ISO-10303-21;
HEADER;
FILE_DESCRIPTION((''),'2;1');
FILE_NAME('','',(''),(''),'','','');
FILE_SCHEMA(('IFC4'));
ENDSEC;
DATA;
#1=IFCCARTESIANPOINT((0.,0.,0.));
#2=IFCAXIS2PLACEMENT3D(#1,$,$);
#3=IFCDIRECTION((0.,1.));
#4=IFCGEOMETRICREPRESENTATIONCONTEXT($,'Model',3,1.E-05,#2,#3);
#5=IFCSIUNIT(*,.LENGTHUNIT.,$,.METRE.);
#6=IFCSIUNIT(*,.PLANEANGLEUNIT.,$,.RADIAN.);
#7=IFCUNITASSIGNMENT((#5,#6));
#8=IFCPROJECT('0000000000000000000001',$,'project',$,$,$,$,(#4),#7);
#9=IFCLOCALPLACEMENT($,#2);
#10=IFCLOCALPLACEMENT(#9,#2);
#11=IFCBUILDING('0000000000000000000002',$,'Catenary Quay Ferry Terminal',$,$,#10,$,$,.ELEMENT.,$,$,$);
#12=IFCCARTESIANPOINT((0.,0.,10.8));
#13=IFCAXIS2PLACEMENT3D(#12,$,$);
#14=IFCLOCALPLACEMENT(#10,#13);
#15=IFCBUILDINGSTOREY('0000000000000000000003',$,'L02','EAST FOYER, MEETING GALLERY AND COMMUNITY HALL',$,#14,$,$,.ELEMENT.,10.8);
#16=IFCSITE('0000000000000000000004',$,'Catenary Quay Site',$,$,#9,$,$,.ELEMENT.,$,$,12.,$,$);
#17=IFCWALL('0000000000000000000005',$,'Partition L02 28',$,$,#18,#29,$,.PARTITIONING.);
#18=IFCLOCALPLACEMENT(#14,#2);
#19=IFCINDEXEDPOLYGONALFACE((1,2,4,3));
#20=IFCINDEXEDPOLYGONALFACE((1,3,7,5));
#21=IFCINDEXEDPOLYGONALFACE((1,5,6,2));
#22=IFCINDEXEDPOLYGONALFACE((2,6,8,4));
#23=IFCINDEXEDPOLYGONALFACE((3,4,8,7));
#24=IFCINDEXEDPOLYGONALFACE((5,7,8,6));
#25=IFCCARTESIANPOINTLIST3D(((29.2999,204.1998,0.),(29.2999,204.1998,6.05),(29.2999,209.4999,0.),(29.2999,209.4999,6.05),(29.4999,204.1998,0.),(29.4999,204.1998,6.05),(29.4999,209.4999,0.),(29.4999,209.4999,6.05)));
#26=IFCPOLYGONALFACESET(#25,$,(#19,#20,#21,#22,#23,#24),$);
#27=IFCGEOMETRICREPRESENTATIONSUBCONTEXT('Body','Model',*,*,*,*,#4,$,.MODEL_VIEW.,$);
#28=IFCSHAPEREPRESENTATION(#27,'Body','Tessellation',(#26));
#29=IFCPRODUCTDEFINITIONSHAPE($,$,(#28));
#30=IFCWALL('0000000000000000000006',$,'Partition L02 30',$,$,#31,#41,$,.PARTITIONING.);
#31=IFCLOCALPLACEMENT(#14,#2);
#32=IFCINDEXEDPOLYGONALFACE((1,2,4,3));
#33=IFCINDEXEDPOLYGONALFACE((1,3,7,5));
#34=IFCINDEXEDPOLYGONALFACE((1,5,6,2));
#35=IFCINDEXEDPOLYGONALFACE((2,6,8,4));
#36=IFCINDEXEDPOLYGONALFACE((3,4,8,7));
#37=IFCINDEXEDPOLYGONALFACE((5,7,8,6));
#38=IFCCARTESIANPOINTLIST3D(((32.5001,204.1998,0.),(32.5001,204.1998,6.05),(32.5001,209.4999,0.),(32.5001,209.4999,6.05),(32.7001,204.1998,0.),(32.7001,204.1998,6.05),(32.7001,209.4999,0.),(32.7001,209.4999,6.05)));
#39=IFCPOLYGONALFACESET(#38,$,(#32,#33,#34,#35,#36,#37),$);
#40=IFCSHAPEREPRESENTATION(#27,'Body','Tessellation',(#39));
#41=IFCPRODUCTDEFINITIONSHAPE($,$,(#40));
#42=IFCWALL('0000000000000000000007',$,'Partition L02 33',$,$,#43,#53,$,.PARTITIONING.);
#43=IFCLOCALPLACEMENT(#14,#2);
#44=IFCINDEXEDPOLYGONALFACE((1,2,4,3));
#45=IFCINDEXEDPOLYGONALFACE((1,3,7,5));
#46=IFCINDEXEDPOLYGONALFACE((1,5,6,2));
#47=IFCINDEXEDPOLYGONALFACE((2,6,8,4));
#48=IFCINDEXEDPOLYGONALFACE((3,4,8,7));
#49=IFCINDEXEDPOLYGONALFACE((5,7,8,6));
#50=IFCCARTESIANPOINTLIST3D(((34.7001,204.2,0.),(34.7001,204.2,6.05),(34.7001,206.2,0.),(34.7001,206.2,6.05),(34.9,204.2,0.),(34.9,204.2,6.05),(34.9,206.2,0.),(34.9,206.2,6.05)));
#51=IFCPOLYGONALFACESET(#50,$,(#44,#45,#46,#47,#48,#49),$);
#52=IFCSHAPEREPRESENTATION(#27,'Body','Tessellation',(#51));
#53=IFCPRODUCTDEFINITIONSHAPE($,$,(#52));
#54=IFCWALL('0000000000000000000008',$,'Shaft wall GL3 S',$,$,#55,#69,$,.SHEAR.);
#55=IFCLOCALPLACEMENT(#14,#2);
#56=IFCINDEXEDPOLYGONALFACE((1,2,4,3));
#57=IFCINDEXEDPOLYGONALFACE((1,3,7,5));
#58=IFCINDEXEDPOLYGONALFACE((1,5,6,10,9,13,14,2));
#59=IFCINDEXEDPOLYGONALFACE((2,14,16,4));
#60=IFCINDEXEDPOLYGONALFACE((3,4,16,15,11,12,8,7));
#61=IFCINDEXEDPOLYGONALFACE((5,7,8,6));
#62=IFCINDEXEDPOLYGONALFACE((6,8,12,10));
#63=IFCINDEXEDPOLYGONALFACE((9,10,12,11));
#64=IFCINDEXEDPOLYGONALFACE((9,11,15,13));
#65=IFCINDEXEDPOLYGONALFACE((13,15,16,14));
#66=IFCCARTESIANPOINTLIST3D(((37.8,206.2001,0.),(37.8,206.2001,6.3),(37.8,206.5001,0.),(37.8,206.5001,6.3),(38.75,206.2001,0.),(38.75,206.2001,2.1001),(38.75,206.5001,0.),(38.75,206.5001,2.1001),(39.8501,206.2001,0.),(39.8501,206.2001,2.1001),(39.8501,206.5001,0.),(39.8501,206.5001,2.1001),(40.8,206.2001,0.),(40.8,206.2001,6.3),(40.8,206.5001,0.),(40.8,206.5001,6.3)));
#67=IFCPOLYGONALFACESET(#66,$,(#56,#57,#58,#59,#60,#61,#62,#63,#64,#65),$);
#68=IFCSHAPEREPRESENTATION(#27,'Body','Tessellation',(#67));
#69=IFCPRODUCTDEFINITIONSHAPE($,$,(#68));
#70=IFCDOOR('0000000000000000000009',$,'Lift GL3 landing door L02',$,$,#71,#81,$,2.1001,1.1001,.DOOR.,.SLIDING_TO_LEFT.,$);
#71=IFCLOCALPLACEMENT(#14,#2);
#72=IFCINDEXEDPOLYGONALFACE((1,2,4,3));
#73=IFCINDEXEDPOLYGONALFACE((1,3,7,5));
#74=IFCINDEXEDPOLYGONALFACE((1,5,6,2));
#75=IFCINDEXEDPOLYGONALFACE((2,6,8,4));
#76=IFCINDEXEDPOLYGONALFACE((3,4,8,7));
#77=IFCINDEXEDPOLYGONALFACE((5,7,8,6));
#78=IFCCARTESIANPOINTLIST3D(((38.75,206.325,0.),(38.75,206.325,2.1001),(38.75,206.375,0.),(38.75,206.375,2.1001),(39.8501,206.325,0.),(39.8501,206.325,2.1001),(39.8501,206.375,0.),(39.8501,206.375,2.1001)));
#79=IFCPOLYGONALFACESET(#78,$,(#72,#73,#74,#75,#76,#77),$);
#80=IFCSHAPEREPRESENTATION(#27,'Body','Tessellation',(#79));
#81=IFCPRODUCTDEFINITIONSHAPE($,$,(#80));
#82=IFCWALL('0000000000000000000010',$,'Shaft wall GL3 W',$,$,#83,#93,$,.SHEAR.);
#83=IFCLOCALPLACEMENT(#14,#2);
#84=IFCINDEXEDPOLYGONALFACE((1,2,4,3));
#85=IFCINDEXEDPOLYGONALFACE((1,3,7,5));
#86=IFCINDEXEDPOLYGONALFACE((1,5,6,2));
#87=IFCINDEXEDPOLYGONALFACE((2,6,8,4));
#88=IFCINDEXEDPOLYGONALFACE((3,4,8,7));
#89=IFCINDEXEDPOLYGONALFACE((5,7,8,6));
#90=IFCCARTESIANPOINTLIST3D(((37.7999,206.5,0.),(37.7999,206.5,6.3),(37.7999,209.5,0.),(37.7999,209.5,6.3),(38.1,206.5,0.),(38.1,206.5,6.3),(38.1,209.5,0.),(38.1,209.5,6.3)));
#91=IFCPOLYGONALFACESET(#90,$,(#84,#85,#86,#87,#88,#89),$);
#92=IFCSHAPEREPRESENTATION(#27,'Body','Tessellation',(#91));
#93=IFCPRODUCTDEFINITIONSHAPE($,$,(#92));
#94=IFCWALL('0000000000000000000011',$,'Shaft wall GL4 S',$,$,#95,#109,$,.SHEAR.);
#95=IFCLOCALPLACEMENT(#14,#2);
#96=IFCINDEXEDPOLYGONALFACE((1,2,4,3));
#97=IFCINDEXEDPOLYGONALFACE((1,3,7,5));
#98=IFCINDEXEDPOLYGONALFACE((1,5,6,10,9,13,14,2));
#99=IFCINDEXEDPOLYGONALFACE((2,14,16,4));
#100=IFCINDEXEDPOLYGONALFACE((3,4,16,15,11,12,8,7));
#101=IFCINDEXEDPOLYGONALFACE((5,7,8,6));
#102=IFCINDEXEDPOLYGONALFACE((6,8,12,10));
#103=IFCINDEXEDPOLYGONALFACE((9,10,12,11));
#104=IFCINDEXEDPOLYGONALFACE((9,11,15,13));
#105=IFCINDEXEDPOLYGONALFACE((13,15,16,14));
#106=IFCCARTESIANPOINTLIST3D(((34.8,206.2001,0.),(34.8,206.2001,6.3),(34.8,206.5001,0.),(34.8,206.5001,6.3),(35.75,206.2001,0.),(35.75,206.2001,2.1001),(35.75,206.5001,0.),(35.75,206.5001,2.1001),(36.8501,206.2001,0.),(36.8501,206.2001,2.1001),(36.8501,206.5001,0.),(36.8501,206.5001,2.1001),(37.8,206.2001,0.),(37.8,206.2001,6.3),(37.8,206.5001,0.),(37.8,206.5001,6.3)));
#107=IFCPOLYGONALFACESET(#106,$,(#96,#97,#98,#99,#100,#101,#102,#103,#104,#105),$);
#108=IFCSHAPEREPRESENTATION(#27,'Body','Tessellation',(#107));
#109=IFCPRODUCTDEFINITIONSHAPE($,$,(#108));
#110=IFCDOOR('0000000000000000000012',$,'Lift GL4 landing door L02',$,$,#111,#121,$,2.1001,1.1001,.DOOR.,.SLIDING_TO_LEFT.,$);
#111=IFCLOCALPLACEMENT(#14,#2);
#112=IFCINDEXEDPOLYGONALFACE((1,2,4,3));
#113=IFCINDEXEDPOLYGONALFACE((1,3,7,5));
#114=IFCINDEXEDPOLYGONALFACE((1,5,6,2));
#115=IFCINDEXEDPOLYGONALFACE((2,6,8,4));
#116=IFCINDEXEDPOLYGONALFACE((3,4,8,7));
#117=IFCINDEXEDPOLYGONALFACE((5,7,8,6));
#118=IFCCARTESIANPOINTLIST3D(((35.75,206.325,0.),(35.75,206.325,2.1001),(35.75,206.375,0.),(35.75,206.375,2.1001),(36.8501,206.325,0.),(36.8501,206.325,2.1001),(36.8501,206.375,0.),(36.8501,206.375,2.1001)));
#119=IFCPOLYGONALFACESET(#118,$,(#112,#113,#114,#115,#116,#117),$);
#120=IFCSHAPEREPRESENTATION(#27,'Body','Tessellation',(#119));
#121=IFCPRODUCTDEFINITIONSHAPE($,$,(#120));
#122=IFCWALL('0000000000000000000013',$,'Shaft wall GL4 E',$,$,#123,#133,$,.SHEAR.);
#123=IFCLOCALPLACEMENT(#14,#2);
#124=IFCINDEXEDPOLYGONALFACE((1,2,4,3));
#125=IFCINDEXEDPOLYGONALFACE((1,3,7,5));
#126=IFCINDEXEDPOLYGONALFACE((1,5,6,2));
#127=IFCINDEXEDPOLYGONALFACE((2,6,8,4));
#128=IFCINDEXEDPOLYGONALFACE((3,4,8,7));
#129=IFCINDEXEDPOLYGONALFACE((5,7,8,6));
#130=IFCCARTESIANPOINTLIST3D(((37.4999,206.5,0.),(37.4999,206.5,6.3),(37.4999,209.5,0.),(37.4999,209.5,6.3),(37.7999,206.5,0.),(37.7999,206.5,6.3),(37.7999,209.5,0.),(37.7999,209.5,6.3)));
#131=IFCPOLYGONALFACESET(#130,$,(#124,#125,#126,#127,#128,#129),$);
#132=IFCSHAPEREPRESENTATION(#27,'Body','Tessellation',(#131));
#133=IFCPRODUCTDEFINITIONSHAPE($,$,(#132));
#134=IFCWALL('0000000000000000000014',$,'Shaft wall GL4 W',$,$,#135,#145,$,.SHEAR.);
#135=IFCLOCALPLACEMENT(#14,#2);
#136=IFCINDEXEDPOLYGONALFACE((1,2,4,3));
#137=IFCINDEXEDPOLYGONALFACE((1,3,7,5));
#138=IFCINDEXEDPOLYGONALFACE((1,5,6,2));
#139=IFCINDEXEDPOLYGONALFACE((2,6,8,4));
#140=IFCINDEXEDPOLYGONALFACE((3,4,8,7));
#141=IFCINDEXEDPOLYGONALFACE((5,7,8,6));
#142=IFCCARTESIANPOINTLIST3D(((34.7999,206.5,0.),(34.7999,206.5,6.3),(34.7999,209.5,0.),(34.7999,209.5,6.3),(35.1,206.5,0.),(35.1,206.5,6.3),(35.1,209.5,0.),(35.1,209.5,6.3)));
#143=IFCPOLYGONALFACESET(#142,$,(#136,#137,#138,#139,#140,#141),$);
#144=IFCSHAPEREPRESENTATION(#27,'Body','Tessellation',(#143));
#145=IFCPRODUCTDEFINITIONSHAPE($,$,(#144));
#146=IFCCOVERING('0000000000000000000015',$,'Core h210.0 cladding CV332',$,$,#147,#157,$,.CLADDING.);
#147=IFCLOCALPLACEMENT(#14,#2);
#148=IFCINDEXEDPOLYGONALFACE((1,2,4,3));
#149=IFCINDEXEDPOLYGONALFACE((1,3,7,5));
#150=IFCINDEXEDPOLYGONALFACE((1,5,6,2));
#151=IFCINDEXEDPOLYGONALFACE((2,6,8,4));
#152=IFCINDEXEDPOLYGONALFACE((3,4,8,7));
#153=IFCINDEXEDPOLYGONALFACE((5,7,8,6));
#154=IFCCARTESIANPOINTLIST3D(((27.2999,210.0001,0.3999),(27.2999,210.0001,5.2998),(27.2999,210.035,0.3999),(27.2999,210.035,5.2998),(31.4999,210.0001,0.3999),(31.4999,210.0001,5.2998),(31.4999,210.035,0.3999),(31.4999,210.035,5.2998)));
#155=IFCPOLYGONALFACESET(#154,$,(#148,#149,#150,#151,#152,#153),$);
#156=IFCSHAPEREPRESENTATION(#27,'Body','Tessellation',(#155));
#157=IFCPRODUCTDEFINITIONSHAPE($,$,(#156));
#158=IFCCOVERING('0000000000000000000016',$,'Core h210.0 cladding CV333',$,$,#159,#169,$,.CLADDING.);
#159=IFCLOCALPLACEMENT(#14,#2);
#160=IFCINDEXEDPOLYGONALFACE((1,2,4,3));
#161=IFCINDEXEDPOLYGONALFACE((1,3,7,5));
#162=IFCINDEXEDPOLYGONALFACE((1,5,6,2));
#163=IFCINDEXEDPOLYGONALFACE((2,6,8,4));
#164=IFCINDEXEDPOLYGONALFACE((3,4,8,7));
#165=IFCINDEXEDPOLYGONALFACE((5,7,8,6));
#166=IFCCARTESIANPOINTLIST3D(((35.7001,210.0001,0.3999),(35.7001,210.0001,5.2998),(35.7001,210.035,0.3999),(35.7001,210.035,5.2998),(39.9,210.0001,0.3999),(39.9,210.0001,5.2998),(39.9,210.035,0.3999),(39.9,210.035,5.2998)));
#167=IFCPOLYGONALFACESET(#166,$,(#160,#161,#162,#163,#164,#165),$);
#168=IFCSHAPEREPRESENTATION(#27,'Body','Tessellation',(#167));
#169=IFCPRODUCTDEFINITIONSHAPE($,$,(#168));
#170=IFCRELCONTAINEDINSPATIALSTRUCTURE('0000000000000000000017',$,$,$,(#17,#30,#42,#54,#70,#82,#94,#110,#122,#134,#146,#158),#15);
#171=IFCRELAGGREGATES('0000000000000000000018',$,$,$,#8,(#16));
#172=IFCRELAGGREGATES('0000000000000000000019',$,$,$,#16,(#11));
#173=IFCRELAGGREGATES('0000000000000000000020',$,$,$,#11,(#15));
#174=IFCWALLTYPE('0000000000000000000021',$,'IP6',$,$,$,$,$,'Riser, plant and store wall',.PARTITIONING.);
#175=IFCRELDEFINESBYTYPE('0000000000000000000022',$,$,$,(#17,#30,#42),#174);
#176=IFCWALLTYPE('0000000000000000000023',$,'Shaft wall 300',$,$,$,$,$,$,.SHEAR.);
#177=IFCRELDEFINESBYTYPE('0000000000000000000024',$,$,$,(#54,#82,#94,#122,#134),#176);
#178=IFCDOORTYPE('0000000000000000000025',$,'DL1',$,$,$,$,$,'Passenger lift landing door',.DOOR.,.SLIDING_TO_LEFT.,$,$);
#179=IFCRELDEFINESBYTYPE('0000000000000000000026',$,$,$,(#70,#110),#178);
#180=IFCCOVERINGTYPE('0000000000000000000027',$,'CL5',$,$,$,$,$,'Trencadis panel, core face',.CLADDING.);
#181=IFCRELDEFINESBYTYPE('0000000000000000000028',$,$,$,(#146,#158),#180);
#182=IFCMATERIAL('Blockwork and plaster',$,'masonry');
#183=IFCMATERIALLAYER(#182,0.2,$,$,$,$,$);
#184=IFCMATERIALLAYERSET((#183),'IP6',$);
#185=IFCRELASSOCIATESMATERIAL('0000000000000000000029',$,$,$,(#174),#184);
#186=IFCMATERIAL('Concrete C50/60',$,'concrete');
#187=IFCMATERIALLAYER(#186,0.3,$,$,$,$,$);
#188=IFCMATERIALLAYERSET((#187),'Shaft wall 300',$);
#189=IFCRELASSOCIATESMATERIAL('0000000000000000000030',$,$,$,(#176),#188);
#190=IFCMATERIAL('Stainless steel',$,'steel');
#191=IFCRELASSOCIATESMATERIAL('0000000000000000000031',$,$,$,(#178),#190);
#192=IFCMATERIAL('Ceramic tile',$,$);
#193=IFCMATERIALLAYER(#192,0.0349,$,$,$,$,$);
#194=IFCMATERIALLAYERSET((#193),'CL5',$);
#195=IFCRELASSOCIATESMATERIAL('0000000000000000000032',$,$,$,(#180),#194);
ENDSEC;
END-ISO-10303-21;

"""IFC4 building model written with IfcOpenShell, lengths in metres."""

from ifc_helpers import new_model, si_unit, direction, frame, frame_2d, origin, origin_2d, place, context, subcontext, project, spatial, rectangle, extrude, material, layer, layer_set, type_object, element, fill, save


model = new_model("IFC4")

# Units and contexts
model_context = context("Model", 3, precision=1e-05, world=origin(), true_north=direction((0.0, 1.0)))
body_context = subcontext(model_context, "Body", "Model", "MODEL_VIEW")
ifc_project = project(units=[si_unit("LENGTHUNIT", "METRE"), si_unit("PLANEANGLEUNIT", "RADIAN")], contexts=[model_context])

# Site, building, storey
site_placement = place(None, origin())
site = spatial("IfcSite", under=ifc_project, at=site_placement, Name="Catenary Quay Site", CompositionType="ELEMENT", RefElevation=12.0)
building_placement = place(site_placement, origin())
building = spatial("IfcBuilding", under=site, at=building_placement, Name="Catenary Quay Ferry Terminal", CompositionType="ELEMENT")
storey_placement = place(building_placement, frame((0.0, 0.0, 10.8)))
storey = spatial("IfcBuildingStorey", under=building, at=storey_placement, Name="L02", Description="EAST FOYER, MEETING GALLERY AND COMMUNITY HALL", CompositionType="ELEMENT", Elevation=10.8)

# Shared definitions
ifc_material_1 = material(Name="Blockwork and plaster", Category="masonry")
ifc_layer_1 = layer(ifc_material_1, 0.2)
ifc_layer_set_1 = layer_set([ifc_layer_1], Name="IP6")
wall_type_1 = type_object("IfcWallType", Name="IP6", ElementType="Riser, plant and store wall", PredefinedType="PARTITIONING", material=ifc_layer_set_1)

# Walls
for number, where, z_axis, x_axis, name in (
    (1, (29.3999, 204.2, 0.0), (0.0, 0.0, 1.0), (0.0, 1.0, 0.0), "Partition L02 28"),
    (2, (32.6001, 204.2, 0.0), (0.0, 0.0, 1.0), (0.0, 1.0, 0.0), "Partition L02 30"),
):
    element("IfcWall", number, at=place(storey_placement, frame(where, z_axis=z_axis, x_axis=x_axis)), inside=storey, type_object=wall_type_1, Name=name, PredefinedType="PARTITIONING", context=body_context, shape_type="SweptSolid", body=[
        extrude(rectangle(XDim=5.3, YDim=0.2, at=frame_2d((2.6499, 0.0))), origin(), (0.0, 0.0, 1.0), 6.05),
    ])
wall_1_placement = place(storey_placement, frame((34.8, 204.2, 0.0), z_axis=(0.0, 0.0, 1.0), x_axis=(0.0, 1.0, 0.0)))
element("IfcWall", 3, at=wall_1_placement, inside=storey, type_object=wall_type_1, Name="Partition L02 33", PredefinedType="PARTITIONING", context=body_context, shape_type="SweptSolid", body=[
    extrude(rectangle(XDim=2.0, YDim=0.2, at=frame_2d((1.0, 0.0))), origin(), (0.0, 0.0, 1.0), 6.05),
])

# Wall, opening, door
ifc_material_2 = material(Name="Concrete C50/60", Category="concrete")
ifc_layer_2 = layer(ifc_material_2, 0.3)
ifc_layer_set_2 = layer_set([ifc_layer_2], Name="Shaft wall 300")
wall_type_2 = type_object("IfcWallType", Name="Shaft wall 300", PredefinedType="SHEAR", material=ifc_layer_set_2)
wall_2_placement = place(storey_placement, frame((37.8, 206.3501, 0.0), z_axis=(0.0, 0.0, 1.0), x_axis=(1.0, 0.0, 0.0)))
wall_2 = element("IfcWall", 4, at=wall_2_placement, inside=storey, type_object=wall_type_2, Name="Shaft wall GL3 S", PredefinedType="SHEAR", context=body_context, shape_type="SweptSolid", body=[
    extrude(rectangle(XDim=3.0, YDim=0.3, at=frame_2d((1.5, 0.0))), origin(), (0.0, 0.0, 1.0), 6.3),
])
opening_1_placement = place(wall_2_placement, frame((0.95, 0.0, 0.0)))
opening_1 = element("IfcOpeningElement", 5, at=opening_1_placement, cuts=wall_2, PredefinedType="OPENING", context=body_context, shape_type="SweptSolid", body=[
    extrude(rectangle(XDim=1.1001, YDim=2.1001, at=frame_2d((0.55, 1.05))), frame((0.0, 0.1599, 0.0), z_axis=(0.0, -1.0, 0.0), x_axis=(1.0, 0.0, 0.0)), (0.0, 0.0, 1.0), 0.3201),
])
ifc_material_3 = material(Name="Stainless steel", Category="steel")
door_type_1 = type_object("IfcDoorType", Name="DL1", ElementType="Passenger lift landing door", OperationType="SLIDING_TO_LEFT", PredefinedType="DOOR", material=ifc_material_3)
door_1_placement = place(opening_1_placement, origin())
door_1 = element("IfcDoor", 6, at=door_1_placement, inside=storey, type_object=door_type_1, Name="Lift GL3 landing door L02", OperationType="SLIDING_TO_LEFT", OverallHeight=2.1001, OverallWidth=1.1001, PredefinedType="DOOR", context=body_context, shape_type="SweptSolid", body=[
    extrude(rectangle(XDim=1.1001, YDim=2.1001, at=frame_2d((0.55, 1.05))), frame((0.0, 0.0249, 0.0), z_axis=(0.0, -1.0, 0.0), x_axis=(1.0, 0.0, 0.0)), (0.0, 0.0, 1.0), 0.05),
])
fill(opening_1, door_1)

# Wall
wall_3_placement = place(storey_placement, frame((37.95, 206.5, 0.0), z_axis=(0.0, 0.0, 1.0), x_axis=(0.0, 1.0, 0.0)))
element("IfcWall", 7, at=wall_3_placement, inside=storey, type_object=wall_type_2, Name="Shaft wall GL3 W", PredefinedType="SHEAR", context=body_context, shape_type="SweptSolid", body=[
    extrude(rectangle(XDim=3.0, YDim=0.3, at=frame_2d((1.5, 0.0))), origin(), (0.0, 0.0, 1.0), 6.3),
])

# Wall, opening, door
wall_4_placement = place(storey_placement, frame((34.8, 206.3501, 0.0), z_axis=(0.0, 0.0, 1.0), x_axis=(1.0, 0.0, 0.0)))
wall_4 = element("IfcWall", 8, at=wall_4_placement, inside=storey, type_object=wall_type_2, Name="Shaft wall GL4 S", PredefinedType="SHEAR", context=body_context, shape_type="SweptSolid", body=[
    extrude(rectangle(XDim=3.0, YDim=0.3, at=frame_2d((1.5, 0.0))), origin(), (0.0, 0.0, 1.0), 6.3),
])
opening_2_placement = place(wall_4_placement, frame((0.95, 0.0, 0.0)))
opening_2 = element("IfcOpeningElement", 9, at=opening_2_placement, cuts=wall_4, PredefinedType="OPENING", context=body_context, shape_type="SweptSolid", body=[
    extrude(rectangle(XDim=1.1001, YDim=2.1001, at=frame_2d((0.55, 1.05))), frame((0.0, 0.1599, 0.0), z_axis=(0.0, -1.0, 0.0), x_axis=(1.0, 0.0, 0.0)), (0.0, 0.0, 1.0), 0.3201),
])
door_2_placement = place(opening_2_placement, origin())
door_2 = element("IfcDoor", 10, at=door_2_placement, inside=storey, type_object=door_type_1, Name="Lift GL4 landing door L02", OperationType="SLIDING_TO_LEFT", OverallHeight=2.1001, OverallWidth=1.1001, PredefinedType="DOOR", context=body_context, shape_type="SweptSolid", body=[
    extrude(rectangle(XDim=1.1001, YDim=2.1001, at=frame_2d((0.55, 1.05))), frame((0.0, 0.0249, 0.0), z_axis=(0.0, -1.0, 0.0), x_axis=(1.0, 0.0, 0.0)), (0.0, 0.0, 1.0), 0.05),
])
fill(opening_2, door_2)

# Walls
for number, where, z_axis, x_axis, name in (
    (11, (37.6499, 206.5, 0.0), (0.0, 0.0, 1.0), (0.0, 1.0, 0.0), "Shaft wall GL4 E"),
    (12, (34.95, 206.5, 0.0), (0.0, 0.0, 1.0), (0.0, 1.0, 0.0), "Shaft wall GL4 W"),
):
    element("IfcWall", number, at=place(storey_placement, frame(where, z_axis=z_axis, x_axis=x_axis)), inside=storey, type_object=wall_type_2, Name=name, PredefinedType="SHEAR", context=body_context, shape_type="SweptSolid", body=[
        extrude(rectangle(XDim=3.0, YDim=0.3, at=frame_2d((1.5, 0.0))), origin(), (0.0, 0.0, 1.0), 6.3),
    ])

# Coverings
ifc_material_4 = material(Name="Ceramic tile")
ifc_layer_3 = layer(ifc_material_4, 0.0349)
ifc_layer_set_3 = layer_set([ifc_layer_3], Name="CL5")
covering_type = type_object("IfcCoveringType", Name="CL5", ElementType="Trencadis panel, core face", PredefinedType="CLADDING", material=ifc_layer_set_3)
for number, where, z_axis, x_axis, name in (
    (13, (29.3999, 210.0176, 0.3999), (0.0, 0.0, 1.0), (1.0, 0.0, 0.0), "Core h210.0 cladding CV332"),
    (14, (37.8, 210.0176, 0.3999), (0.0, 0.0, 1.0), (1.0, 0.0, 0.0), "Core h210.0 cladding CV333"),
):
    element("IfcCovering", number, at=place(storey_placement, frame(where, z_axis=z_axis, x_axis=x_axis)), inside=storey, type_object=covering_type, Name=name, PredefinedType="CLADDING", context=body_context, shape_type="SweptSolid", body=[
        extrude(rectangle(XDim=4.2, YDim=0.0349, at=origin_2d()), origin(), (0.0, 0.0, 1.0), 4.8999),
    ])

save(model, "model.ifc")
